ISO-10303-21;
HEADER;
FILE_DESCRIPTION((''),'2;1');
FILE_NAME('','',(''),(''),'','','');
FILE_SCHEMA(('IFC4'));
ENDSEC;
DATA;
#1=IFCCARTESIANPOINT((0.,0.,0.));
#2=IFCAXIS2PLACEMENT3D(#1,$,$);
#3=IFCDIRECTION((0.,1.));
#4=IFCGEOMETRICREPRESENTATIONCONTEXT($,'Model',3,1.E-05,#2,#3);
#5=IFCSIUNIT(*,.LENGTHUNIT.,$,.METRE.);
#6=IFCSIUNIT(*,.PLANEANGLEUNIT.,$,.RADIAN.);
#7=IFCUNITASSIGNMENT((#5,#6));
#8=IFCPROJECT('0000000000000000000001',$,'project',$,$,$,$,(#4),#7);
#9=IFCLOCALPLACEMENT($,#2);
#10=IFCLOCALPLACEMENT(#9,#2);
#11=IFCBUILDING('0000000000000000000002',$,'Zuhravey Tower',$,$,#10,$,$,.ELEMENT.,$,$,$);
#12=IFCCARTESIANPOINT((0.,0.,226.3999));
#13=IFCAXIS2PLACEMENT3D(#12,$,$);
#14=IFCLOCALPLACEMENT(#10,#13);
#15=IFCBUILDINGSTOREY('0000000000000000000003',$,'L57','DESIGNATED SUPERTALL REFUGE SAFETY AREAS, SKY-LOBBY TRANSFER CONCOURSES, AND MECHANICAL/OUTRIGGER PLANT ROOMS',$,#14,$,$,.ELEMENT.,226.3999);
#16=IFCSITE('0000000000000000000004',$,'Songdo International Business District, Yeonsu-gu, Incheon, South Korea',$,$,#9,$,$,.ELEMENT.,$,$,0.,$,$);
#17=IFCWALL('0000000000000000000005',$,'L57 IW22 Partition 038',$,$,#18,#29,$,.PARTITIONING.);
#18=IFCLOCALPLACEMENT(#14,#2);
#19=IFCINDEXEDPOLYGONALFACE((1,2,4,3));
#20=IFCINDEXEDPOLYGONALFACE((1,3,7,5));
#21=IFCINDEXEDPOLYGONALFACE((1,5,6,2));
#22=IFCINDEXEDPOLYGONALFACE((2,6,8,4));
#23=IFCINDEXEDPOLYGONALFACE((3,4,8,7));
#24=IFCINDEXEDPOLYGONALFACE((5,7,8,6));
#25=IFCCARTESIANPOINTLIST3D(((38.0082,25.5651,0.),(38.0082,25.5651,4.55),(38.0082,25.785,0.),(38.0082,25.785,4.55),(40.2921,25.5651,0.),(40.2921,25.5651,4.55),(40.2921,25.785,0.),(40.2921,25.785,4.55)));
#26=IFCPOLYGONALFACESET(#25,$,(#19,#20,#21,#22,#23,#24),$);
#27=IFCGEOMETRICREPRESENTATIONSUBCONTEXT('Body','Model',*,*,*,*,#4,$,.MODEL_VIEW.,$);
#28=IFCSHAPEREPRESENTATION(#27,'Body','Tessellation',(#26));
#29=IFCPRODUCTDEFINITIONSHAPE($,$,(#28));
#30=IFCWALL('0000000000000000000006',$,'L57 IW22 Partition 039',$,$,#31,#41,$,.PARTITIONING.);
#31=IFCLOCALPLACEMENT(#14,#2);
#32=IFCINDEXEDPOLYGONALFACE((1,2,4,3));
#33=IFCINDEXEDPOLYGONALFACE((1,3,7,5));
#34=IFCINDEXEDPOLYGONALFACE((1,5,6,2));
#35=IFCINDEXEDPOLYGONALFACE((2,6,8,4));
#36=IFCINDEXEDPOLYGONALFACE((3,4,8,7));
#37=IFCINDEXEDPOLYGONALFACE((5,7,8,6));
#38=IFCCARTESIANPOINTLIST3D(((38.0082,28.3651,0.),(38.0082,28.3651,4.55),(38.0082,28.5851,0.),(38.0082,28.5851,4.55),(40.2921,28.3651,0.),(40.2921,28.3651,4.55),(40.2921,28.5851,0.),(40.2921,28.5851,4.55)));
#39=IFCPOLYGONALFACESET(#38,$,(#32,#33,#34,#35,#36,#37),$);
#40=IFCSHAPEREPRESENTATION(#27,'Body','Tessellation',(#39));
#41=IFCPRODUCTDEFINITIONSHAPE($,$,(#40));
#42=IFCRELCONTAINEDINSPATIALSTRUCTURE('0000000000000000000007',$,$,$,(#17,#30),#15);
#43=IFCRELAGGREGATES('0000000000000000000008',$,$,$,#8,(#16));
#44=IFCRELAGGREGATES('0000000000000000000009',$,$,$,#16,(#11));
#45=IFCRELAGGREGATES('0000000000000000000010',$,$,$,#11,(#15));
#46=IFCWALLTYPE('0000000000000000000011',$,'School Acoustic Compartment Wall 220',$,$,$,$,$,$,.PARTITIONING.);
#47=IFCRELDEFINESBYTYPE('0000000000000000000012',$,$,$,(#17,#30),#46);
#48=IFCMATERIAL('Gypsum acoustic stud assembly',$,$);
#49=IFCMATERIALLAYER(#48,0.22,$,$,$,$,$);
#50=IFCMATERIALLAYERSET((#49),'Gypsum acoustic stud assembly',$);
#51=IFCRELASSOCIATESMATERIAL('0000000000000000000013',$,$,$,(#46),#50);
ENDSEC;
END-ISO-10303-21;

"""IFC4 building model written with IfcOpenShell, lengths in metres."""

from ifc_helpers import new_model, si_unit, direction, frame, frame_2d, origin, place, context, subcontext, project, spatial, rectangle, extrude, material, layer, layer_set, type_object, element, save


model = new_model("IFC4")

# Units and contexts
model_context = context("Model", 3, precision=1e-05, world=origin(), true_north=direction((0.0, 1.0)))
body_context = subcontext(model_context, "Body", "Model", "MODEL_VIEW")
ifc_project = project(units=[si_unit("LENGTHUNIT", "METRE"), si_unit("PLANEANGLEUNIT", "RADIAN")], contexts=[model_context])

# Site, building, storey
site_placement = place(None, origin())
site = spatial("IfcSite", under=ifc_project, at=site_placement, Name="Songdo International Business District, Yeonsu-gu, Incheon, South Korea", CompositionType="ELEMENT", RefElevation=0.0)
building_placement = place(site_placement, origin())
building = spatial("IfcBuilding", under=site, at=building_placement, Name="Zuhravey Tower", CompositionType="ELEMENT")
storey_placement = place(building_placement, frame((0.0, 0.0, 226.3999)))
storey = spatial("IfcBuildingStorey", under=building, at=storey_placement, Name="L57", Description="DESIGNATED SUPERTALL REFUGE SAFETY AREAS, SKY-LOBBY TRANSFER CONCOURSES, AND MECHANICAL/OUTRIGGER PLANT ROOMS", CompositionType="ELEMENT", Elevation=226.3999)

# Walls
ifc_material_1 = material(Name="Gypsum acoustic stud assembly")
ifc_layer_1 = layer(ifc_material_1, 0.22)
ifc_layer_set_1 = layer_set([ifc_layer_1], Name="Gypsum acoustic stud assembly")
wall_type_1 = type_object("IfcWallType", Name="School Acoustic Compartment Wall 220", PredefinedType="PARTITIONING", material=ifc_layer_set_1)
for number, where, z_axis, x_axis, name in (
    (1, (38.0081, 25.675, 0.0), (0.0, 0.0, 1.0), (1.0, 0.0, 0.0), "L57 IW22 Partition 038"),
    (2, (38.0081, 28.4751, 0.0), (0.0, 0.0, 1.0), (1.0, 0.0, 0.0), "L57 IW22 Partition 039"),
):
    element("IfcWall", number, at=place(storey_placement, frame(where, z_axis=z_axis, x_axis=x_axis)), inside=storey, type_object=wall_type_1, Name=name, PredefinedType="PARTITIONING", context=body_context, shape_type="SweptSolid", body=[
        extrude(rectangle(XDim=2.2839, YDim=0.22, at=frame_2d((1.1421, 0.0))), origin(), (0.0, 0.0, 1.0), 4.55),
    ])

save(model, "model.ifc")
